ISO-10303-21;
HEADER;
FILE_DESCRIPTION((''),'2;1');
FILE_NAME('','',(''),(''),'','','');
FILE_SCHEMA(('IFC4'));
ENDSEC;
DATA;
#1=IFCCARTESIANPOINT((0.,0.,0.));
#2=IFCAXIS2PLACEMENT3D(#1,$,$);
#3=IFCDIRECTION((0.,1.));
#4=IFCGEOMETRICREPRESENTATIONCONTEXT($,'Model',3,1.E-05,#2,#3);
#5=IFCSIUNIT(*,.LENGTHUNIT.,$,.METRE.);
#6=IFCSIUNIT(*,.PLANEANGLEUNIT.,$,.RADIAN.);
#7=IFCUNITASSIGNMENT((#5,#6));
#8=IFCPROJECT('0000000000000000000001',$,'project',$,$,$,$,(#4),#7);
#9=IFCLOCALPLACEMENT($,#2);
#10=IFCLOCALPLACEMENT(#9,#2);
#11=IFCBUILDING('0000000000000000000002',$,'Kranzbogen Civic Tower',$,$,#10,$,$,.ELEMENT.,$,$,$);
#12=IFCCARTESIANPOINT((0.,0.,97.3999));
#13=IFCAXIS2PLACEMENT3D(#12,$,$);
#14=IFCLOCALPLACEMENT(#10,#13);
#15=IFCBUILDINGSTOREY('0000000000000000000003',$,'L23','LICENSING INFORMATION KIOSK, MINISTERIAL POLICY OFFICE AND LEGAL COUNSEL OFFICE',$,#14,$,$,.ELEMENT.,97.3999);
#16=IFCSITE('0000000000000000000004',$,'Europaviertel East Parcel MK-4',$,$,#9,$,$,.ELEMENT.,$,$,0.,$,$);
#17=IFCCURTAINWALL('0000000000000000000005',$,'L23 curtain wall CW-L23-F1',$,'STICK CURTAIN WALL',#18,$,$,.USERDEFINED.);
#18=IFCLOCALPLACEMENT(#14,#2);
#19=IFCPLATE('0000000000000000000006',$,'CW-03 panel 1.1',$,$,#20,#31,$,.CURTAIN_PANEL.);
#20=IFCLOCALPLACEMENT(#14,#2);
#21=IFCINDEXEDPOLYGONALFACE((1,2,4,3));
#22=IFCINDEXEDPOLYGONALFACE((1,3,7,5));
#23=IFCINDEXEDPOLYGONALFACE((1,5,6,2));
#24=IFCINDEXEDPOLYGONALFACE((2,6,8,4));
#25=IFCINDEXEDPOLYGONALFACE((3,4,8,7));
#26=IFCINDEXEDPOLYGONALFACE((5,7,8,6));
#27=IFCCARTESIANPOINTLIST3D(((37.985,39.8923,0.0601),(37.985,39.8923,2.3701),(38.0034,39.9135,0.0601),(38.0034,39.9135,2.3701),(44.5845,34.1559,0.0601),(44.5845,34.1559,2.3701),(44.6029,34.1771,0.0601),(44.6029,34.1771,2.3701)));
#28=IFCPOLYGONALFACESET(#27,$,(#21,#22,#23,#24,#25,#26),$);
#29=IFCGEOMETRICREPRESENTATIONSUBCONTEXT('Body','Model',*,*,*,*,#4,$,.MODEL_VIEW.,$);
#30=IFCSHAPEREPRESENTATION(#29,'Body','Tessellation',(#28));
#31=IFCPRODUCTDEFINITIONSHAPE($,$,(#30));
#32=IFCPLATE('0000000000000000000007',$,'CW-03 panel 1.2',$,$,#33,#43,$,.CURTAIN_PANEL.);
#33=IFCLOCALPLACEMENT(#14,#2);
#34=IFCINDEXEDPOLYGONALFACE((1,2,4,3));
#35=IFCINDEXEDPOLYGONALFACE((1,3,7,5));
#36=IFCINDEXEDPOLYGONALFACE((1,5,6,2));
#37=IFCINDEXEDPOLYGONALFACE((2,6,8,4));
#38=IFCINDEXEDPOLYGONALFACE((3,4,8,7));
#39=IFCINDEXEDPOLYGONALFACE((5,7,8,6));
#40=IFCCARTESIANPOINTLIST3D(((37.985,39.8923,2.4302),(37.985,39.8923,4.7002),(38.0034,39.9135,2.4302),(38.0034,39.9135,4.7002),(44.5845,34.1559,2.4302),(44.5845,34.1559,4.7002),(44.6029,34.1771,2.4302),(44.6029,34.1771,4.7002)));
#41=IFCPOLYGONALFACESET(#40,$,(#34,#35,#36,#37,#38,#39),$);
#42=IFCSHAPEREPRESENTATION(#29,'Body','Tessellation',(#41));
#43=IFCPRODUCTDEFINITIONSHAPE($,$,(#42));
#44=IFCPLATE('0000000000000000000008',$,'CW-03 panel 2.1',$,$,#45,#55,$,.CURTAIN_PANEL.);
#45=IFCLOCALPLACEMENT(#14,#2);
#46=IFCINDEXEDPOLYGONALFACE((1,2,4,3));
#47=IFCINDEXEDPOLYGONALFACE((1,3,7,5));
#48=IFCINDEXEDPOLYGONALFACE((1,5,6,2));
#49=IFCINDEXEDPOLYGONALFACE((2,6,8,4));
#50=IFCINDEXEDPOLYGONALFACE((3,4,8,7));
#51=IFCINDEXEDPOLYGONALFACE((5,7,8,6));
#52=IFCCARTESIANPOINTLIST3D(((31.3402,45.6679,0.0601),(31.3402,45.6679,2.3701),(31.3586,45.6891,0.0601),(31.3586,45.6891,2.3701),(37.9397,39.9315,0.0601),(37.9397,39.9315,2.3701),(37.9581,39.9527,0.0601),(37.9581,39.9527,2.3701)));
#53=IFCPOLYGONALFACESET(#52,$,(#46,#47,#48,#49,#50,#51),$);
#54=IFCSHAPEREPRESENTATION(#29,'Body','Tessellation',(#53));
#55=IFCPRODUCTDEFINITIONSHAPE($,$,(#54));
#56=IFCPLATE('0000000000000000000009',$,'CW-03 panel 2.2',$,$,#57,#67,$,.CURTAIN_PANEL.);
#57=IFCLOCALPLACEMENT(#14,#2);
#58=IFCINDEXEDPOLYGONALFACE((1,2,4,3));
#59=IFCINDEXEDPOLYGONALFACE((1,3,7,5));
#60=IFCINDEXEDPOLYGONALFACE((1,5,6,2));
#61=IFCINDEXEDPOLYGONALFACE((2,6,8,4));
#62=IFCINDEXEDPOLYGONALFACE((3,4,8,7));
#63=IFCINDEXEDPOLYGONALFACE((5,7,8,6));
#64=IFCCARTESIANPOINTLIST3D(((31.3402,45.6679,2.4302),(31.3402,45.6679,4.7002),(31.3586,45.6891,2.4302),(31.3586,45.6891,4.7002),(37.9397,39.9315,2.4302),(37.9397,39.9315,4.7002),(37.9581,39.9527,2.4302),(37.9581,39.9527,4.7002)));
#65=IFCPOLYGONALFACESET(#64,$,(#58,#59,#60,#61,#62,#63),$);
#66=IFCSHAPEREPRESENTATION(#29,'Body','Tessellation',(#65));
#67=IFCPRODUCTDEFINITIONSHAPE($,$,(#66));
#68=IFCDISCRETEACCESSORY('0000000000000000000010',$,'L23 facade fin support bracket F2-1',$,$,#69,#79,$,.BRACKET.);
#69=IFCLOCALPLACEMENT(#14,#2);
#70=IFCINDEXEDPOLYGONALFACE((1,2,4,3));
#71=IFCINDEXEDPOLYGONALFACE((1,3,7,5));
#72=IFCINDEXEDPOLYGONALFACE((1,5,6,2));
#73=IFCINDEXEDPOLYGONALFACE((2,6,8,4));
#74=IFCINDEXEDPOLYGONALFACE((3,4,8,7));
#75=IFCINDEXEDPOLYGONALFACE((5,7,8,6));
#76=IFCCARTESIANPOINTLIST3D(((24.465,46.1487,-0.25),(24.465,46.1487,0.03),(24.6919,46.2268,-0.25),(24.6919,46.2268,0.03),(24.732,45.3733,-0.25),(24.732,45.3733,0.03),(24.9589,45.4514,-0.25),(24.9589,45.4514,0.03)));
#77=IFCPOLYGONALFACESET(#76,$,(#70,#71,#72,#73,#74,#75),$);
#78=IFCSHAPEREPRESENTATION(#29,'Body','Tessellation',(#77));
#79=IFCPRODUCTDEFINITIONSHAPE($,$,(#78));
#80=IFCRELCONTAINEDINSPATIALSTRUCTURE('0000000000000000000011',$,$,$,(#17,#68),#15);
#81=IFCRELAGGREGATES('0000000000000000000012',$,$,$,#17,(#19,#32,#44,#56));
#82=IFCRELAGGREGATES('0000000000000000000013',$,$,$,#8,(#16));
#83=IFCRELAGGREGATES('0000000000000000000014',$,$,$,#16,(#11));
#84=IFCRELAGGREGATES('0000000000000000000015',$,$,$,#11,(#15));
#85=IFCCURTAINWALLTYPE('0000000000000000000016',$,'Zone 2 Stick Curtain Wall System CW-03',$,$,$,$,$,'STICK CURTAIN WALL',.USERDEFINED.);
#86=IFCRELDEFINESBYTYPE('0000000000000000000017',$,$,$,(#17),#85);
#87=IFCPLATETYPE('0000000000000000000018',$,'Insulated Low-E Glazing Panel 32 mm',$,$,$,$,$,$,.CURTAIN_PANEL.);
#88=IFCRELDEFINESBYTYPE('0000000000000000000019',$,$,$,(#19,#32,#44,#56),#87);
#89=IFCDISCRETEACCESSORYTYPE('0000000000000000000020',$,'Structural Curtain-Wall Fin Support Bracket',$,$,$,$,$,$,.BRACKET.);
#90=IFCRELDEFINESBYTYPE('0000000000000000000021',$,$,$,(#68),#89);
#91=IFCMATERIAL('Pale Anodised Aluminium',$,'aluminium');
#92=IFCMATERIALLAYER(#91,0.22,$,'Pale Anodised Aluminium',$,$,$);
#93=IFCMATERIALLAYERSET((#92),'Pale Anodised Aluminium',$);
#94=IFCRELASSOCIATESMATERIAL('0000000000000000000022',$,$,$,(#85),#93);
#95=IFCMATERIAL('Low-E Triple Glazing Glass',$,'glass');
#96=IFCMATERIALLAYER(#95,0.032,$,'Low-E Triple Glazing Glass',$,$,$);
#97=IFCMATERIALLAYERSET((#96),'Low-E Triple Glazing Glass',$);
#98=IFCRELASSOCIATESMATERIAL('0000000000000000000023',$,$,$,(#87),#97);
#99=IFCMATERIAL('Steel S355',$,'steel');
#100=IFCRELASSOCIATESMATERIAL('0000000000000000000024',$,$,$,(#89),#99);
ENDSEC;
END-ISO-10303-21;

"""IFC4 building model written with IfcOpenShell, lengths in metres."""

from ifc_helpers import new_model, si_unit, direction, frame, origin, origin_2d, place, context, subcontext, project, spatial, rectangle, extrude, material, layer, layer_set, type_object, element, aggregate, save


model = new_model("IFC4")

# Units and contexts
model_context = context("Model", 3, precision=1e-05, world=origin(), true_north=direction((0.0, 1.0)))
body_context = subcontext(model_context, "Body", "Model", "MODEL_VIEW")
ifc_project = project(units=[si_unit("LENGTHUNIT", "METRE"), si_unit("PLANEANGLEUNIT", "RADIAN")], contexts=[model_context])

# Site, building, storey
site_placement = place(None, origin())
site = spatial("IfcSite", under=ifc_project, at=site_placement, Name="Europaviertel East Parcel MK-4", CompositionType="ELEMENT", RefElevation=0.0)
building_placement = place(site_placement, origin())
building = spatial("IfcBuilding", under=site, at=building_placement, Name="Kranzbogen Civic Tower", CompositionType="ELEMENT")
storey_placement = place(building_placement, frame((0.0, 0.0, 97.3999)))
storey = spatial("IfcBuildingStorey", under=building, at=storey_placement, Name="L23", Description="LICENSING INFORMATION KIOSK, MINISTERIAL POLICY OFFICE AND LEGAL COUNSEL OFFICE", CompositionType="ELEMENT", Elevation=97.3999)

# Shared definitions
ifc_material_1 = material(Name="Steel S355", Category="steel")

# Curtain wall
ifc_material_2 = material(Name="Pale Anodised Aluminium", Category="aluminium")
ifc_layer_1 = layer(ifc_material_2, 0.22, Name="Pale Anodised Aluminium")
ifc_layer_set_1 = layer_set([ifc_layer_1], Name="Pale Anodised Aluminium")
curtain_wall_type_1 = type_object("IfcCurtainWallType", Name="Zone 2 Stick Curtain Wall System CW-03", ElementType="STICK CURTAIN WALL", PredefinedType="USERDEFINED", material=ifc_layer_set_1)
curtain_wall_1_placement = place(storey_placement, origin())
curtain_wall_1 = element("IfcCurtainWall", 1, at=curtain_wall_1_placement, inside=storey, type_object=curtain_wall_type_1, Name="L23 curtain wall CW-L23-F1", ObjectType="STICK CURTAIN WALL", PredefinedType="USERDEFINED")

# Plates
ifc_material_3 = material(Name="Low-E Triple Glazing Glass", Category="glass")
ifc_layer_2 = layer(ifc_material_3, 0.032, Name="Low-E Triple Glazing Glass")
ifc_layer_set_2 = layer_set([ifc_layer_2], Name="Low-E Triple Glazing Glass")
plate_type_1 = type_object("IfcPlateType", Name="Insulated Low-E Glazing Panel 32 mm", PredefinedType="CURTAIN_PANEL", material=ifc_layer_set_2)
plate_1_placement = place(storey_placement, frame((41.2939, 37.0347, 0.0601), z_axis=(0.0, 0.0, 1.0), x_axis=(-0.754736, 0.656029, 0.0)))
plate_1 = element("IfcPlate", 2, at=plate_1_placement, type_object=plate_type_1, Name="CW-03 panel 1.1", PredefinedType="CURTAIN_PANEL", context=body_context, shape_type="SweptSolid", body=[
    extrude(rectangle(XDim=8.7441, YDim=0.0281, at=origin_2d()), origin(), (0.0, 0.0, 1.0), 2.3101),
])
plate_2_placement = place(storey_placement, frame((41.2939, 37.0347, 2.4302), z_axis=(0.0, 0.0, 1.0), x_axis=(-0.754736, 0.656029, 0.0)))
plate_2 = element("IfcPlate", 3, at=plate_2_placement, type_object=plate_type_1, Name="CW-03 panel 1.2", PredefinedType="CURTAIN_PANEL", context=body_context, shape_type="SweptSolid", body=[
    extrude(rectangle(XDim=8.7441, YDim=0.0281, at=origin_2d()), origin(), (0.0, 0.0, 1.0), 2.27),
])
plate_3_placement = place(storey_placement, frame((34.6492, 42.8103, 0.0601), z_axis=(0.0, 0.0, 1.0), x_axis=(-0.754736, 0.656029, 0.0)))
plate_3 = element("IfcPlate", 4, at=plate_3_placement, type_object=plate_type_1, Name="CW-03 panel 2.1", PredefinedType="CURTAIN_PANEL", context=body_context, shape_type="SweptSolid", body=[
    extrude(rectangle(XDim=8.7441, YDim=0.0281, at=origin_2d()), origin(), (0.0, 0.0, 1.0), 2.3101),
])
plate_4_placement = place(storey_placement, frame((34.6492, 42.8103, 2.4302), z_axis=(0.0, 0.0, 1.0), x_axis=(-0.754736, 0.656029, 0.0)))
plate_4 = element("IfcPlate", 5, at=plate_4_placement, type_object=plate_type_1, Name="CW-03 panel 2.2", PredefinedType="CURTAIN_PANEL", context=body_context, shape_type="SweptSolid", body=[
    extrude(rectangle(XDim=8.7441, YDim=0.0281, at=origin_2d()), origin(), (0.0, 0.0, 1.0), 2.27),
])
aggregate(curtain_wall_1, [plate_1, plate_2, plate_3, plate_4])

# Discrete accessory
discrete_accessory_type = type_object("IfcDiscreteAccessoryType", Name="Structural Curtain-Wall Fin Support Bracket", PredefinedType="BRACKET", material=ifc_material_1)
discrete_accessory_placement = place(storey_placement, frame((24.7119, 45.8, -0.25), z_axis=(0.0, 0.0, 1.0), x_axis=(-0.325568, 0.945519, 0.0)))
element("IfcDiscreteAccessory", 6, at=discrete_accessory_placement, inside=storey, type_object=discrete_accessory_type, Name="L23 facade fin support bracket F2-1", PredefinedType="BRACKET", context=body_context, shape_type="SweptSolid", body=[
    extrude(rectangle(XDim=0.8201, YDim=0.24, at=origin_2d()), origin(), (0.0, 0.0, 1.0), 0.28),
])

save(model, "model.ifc")
